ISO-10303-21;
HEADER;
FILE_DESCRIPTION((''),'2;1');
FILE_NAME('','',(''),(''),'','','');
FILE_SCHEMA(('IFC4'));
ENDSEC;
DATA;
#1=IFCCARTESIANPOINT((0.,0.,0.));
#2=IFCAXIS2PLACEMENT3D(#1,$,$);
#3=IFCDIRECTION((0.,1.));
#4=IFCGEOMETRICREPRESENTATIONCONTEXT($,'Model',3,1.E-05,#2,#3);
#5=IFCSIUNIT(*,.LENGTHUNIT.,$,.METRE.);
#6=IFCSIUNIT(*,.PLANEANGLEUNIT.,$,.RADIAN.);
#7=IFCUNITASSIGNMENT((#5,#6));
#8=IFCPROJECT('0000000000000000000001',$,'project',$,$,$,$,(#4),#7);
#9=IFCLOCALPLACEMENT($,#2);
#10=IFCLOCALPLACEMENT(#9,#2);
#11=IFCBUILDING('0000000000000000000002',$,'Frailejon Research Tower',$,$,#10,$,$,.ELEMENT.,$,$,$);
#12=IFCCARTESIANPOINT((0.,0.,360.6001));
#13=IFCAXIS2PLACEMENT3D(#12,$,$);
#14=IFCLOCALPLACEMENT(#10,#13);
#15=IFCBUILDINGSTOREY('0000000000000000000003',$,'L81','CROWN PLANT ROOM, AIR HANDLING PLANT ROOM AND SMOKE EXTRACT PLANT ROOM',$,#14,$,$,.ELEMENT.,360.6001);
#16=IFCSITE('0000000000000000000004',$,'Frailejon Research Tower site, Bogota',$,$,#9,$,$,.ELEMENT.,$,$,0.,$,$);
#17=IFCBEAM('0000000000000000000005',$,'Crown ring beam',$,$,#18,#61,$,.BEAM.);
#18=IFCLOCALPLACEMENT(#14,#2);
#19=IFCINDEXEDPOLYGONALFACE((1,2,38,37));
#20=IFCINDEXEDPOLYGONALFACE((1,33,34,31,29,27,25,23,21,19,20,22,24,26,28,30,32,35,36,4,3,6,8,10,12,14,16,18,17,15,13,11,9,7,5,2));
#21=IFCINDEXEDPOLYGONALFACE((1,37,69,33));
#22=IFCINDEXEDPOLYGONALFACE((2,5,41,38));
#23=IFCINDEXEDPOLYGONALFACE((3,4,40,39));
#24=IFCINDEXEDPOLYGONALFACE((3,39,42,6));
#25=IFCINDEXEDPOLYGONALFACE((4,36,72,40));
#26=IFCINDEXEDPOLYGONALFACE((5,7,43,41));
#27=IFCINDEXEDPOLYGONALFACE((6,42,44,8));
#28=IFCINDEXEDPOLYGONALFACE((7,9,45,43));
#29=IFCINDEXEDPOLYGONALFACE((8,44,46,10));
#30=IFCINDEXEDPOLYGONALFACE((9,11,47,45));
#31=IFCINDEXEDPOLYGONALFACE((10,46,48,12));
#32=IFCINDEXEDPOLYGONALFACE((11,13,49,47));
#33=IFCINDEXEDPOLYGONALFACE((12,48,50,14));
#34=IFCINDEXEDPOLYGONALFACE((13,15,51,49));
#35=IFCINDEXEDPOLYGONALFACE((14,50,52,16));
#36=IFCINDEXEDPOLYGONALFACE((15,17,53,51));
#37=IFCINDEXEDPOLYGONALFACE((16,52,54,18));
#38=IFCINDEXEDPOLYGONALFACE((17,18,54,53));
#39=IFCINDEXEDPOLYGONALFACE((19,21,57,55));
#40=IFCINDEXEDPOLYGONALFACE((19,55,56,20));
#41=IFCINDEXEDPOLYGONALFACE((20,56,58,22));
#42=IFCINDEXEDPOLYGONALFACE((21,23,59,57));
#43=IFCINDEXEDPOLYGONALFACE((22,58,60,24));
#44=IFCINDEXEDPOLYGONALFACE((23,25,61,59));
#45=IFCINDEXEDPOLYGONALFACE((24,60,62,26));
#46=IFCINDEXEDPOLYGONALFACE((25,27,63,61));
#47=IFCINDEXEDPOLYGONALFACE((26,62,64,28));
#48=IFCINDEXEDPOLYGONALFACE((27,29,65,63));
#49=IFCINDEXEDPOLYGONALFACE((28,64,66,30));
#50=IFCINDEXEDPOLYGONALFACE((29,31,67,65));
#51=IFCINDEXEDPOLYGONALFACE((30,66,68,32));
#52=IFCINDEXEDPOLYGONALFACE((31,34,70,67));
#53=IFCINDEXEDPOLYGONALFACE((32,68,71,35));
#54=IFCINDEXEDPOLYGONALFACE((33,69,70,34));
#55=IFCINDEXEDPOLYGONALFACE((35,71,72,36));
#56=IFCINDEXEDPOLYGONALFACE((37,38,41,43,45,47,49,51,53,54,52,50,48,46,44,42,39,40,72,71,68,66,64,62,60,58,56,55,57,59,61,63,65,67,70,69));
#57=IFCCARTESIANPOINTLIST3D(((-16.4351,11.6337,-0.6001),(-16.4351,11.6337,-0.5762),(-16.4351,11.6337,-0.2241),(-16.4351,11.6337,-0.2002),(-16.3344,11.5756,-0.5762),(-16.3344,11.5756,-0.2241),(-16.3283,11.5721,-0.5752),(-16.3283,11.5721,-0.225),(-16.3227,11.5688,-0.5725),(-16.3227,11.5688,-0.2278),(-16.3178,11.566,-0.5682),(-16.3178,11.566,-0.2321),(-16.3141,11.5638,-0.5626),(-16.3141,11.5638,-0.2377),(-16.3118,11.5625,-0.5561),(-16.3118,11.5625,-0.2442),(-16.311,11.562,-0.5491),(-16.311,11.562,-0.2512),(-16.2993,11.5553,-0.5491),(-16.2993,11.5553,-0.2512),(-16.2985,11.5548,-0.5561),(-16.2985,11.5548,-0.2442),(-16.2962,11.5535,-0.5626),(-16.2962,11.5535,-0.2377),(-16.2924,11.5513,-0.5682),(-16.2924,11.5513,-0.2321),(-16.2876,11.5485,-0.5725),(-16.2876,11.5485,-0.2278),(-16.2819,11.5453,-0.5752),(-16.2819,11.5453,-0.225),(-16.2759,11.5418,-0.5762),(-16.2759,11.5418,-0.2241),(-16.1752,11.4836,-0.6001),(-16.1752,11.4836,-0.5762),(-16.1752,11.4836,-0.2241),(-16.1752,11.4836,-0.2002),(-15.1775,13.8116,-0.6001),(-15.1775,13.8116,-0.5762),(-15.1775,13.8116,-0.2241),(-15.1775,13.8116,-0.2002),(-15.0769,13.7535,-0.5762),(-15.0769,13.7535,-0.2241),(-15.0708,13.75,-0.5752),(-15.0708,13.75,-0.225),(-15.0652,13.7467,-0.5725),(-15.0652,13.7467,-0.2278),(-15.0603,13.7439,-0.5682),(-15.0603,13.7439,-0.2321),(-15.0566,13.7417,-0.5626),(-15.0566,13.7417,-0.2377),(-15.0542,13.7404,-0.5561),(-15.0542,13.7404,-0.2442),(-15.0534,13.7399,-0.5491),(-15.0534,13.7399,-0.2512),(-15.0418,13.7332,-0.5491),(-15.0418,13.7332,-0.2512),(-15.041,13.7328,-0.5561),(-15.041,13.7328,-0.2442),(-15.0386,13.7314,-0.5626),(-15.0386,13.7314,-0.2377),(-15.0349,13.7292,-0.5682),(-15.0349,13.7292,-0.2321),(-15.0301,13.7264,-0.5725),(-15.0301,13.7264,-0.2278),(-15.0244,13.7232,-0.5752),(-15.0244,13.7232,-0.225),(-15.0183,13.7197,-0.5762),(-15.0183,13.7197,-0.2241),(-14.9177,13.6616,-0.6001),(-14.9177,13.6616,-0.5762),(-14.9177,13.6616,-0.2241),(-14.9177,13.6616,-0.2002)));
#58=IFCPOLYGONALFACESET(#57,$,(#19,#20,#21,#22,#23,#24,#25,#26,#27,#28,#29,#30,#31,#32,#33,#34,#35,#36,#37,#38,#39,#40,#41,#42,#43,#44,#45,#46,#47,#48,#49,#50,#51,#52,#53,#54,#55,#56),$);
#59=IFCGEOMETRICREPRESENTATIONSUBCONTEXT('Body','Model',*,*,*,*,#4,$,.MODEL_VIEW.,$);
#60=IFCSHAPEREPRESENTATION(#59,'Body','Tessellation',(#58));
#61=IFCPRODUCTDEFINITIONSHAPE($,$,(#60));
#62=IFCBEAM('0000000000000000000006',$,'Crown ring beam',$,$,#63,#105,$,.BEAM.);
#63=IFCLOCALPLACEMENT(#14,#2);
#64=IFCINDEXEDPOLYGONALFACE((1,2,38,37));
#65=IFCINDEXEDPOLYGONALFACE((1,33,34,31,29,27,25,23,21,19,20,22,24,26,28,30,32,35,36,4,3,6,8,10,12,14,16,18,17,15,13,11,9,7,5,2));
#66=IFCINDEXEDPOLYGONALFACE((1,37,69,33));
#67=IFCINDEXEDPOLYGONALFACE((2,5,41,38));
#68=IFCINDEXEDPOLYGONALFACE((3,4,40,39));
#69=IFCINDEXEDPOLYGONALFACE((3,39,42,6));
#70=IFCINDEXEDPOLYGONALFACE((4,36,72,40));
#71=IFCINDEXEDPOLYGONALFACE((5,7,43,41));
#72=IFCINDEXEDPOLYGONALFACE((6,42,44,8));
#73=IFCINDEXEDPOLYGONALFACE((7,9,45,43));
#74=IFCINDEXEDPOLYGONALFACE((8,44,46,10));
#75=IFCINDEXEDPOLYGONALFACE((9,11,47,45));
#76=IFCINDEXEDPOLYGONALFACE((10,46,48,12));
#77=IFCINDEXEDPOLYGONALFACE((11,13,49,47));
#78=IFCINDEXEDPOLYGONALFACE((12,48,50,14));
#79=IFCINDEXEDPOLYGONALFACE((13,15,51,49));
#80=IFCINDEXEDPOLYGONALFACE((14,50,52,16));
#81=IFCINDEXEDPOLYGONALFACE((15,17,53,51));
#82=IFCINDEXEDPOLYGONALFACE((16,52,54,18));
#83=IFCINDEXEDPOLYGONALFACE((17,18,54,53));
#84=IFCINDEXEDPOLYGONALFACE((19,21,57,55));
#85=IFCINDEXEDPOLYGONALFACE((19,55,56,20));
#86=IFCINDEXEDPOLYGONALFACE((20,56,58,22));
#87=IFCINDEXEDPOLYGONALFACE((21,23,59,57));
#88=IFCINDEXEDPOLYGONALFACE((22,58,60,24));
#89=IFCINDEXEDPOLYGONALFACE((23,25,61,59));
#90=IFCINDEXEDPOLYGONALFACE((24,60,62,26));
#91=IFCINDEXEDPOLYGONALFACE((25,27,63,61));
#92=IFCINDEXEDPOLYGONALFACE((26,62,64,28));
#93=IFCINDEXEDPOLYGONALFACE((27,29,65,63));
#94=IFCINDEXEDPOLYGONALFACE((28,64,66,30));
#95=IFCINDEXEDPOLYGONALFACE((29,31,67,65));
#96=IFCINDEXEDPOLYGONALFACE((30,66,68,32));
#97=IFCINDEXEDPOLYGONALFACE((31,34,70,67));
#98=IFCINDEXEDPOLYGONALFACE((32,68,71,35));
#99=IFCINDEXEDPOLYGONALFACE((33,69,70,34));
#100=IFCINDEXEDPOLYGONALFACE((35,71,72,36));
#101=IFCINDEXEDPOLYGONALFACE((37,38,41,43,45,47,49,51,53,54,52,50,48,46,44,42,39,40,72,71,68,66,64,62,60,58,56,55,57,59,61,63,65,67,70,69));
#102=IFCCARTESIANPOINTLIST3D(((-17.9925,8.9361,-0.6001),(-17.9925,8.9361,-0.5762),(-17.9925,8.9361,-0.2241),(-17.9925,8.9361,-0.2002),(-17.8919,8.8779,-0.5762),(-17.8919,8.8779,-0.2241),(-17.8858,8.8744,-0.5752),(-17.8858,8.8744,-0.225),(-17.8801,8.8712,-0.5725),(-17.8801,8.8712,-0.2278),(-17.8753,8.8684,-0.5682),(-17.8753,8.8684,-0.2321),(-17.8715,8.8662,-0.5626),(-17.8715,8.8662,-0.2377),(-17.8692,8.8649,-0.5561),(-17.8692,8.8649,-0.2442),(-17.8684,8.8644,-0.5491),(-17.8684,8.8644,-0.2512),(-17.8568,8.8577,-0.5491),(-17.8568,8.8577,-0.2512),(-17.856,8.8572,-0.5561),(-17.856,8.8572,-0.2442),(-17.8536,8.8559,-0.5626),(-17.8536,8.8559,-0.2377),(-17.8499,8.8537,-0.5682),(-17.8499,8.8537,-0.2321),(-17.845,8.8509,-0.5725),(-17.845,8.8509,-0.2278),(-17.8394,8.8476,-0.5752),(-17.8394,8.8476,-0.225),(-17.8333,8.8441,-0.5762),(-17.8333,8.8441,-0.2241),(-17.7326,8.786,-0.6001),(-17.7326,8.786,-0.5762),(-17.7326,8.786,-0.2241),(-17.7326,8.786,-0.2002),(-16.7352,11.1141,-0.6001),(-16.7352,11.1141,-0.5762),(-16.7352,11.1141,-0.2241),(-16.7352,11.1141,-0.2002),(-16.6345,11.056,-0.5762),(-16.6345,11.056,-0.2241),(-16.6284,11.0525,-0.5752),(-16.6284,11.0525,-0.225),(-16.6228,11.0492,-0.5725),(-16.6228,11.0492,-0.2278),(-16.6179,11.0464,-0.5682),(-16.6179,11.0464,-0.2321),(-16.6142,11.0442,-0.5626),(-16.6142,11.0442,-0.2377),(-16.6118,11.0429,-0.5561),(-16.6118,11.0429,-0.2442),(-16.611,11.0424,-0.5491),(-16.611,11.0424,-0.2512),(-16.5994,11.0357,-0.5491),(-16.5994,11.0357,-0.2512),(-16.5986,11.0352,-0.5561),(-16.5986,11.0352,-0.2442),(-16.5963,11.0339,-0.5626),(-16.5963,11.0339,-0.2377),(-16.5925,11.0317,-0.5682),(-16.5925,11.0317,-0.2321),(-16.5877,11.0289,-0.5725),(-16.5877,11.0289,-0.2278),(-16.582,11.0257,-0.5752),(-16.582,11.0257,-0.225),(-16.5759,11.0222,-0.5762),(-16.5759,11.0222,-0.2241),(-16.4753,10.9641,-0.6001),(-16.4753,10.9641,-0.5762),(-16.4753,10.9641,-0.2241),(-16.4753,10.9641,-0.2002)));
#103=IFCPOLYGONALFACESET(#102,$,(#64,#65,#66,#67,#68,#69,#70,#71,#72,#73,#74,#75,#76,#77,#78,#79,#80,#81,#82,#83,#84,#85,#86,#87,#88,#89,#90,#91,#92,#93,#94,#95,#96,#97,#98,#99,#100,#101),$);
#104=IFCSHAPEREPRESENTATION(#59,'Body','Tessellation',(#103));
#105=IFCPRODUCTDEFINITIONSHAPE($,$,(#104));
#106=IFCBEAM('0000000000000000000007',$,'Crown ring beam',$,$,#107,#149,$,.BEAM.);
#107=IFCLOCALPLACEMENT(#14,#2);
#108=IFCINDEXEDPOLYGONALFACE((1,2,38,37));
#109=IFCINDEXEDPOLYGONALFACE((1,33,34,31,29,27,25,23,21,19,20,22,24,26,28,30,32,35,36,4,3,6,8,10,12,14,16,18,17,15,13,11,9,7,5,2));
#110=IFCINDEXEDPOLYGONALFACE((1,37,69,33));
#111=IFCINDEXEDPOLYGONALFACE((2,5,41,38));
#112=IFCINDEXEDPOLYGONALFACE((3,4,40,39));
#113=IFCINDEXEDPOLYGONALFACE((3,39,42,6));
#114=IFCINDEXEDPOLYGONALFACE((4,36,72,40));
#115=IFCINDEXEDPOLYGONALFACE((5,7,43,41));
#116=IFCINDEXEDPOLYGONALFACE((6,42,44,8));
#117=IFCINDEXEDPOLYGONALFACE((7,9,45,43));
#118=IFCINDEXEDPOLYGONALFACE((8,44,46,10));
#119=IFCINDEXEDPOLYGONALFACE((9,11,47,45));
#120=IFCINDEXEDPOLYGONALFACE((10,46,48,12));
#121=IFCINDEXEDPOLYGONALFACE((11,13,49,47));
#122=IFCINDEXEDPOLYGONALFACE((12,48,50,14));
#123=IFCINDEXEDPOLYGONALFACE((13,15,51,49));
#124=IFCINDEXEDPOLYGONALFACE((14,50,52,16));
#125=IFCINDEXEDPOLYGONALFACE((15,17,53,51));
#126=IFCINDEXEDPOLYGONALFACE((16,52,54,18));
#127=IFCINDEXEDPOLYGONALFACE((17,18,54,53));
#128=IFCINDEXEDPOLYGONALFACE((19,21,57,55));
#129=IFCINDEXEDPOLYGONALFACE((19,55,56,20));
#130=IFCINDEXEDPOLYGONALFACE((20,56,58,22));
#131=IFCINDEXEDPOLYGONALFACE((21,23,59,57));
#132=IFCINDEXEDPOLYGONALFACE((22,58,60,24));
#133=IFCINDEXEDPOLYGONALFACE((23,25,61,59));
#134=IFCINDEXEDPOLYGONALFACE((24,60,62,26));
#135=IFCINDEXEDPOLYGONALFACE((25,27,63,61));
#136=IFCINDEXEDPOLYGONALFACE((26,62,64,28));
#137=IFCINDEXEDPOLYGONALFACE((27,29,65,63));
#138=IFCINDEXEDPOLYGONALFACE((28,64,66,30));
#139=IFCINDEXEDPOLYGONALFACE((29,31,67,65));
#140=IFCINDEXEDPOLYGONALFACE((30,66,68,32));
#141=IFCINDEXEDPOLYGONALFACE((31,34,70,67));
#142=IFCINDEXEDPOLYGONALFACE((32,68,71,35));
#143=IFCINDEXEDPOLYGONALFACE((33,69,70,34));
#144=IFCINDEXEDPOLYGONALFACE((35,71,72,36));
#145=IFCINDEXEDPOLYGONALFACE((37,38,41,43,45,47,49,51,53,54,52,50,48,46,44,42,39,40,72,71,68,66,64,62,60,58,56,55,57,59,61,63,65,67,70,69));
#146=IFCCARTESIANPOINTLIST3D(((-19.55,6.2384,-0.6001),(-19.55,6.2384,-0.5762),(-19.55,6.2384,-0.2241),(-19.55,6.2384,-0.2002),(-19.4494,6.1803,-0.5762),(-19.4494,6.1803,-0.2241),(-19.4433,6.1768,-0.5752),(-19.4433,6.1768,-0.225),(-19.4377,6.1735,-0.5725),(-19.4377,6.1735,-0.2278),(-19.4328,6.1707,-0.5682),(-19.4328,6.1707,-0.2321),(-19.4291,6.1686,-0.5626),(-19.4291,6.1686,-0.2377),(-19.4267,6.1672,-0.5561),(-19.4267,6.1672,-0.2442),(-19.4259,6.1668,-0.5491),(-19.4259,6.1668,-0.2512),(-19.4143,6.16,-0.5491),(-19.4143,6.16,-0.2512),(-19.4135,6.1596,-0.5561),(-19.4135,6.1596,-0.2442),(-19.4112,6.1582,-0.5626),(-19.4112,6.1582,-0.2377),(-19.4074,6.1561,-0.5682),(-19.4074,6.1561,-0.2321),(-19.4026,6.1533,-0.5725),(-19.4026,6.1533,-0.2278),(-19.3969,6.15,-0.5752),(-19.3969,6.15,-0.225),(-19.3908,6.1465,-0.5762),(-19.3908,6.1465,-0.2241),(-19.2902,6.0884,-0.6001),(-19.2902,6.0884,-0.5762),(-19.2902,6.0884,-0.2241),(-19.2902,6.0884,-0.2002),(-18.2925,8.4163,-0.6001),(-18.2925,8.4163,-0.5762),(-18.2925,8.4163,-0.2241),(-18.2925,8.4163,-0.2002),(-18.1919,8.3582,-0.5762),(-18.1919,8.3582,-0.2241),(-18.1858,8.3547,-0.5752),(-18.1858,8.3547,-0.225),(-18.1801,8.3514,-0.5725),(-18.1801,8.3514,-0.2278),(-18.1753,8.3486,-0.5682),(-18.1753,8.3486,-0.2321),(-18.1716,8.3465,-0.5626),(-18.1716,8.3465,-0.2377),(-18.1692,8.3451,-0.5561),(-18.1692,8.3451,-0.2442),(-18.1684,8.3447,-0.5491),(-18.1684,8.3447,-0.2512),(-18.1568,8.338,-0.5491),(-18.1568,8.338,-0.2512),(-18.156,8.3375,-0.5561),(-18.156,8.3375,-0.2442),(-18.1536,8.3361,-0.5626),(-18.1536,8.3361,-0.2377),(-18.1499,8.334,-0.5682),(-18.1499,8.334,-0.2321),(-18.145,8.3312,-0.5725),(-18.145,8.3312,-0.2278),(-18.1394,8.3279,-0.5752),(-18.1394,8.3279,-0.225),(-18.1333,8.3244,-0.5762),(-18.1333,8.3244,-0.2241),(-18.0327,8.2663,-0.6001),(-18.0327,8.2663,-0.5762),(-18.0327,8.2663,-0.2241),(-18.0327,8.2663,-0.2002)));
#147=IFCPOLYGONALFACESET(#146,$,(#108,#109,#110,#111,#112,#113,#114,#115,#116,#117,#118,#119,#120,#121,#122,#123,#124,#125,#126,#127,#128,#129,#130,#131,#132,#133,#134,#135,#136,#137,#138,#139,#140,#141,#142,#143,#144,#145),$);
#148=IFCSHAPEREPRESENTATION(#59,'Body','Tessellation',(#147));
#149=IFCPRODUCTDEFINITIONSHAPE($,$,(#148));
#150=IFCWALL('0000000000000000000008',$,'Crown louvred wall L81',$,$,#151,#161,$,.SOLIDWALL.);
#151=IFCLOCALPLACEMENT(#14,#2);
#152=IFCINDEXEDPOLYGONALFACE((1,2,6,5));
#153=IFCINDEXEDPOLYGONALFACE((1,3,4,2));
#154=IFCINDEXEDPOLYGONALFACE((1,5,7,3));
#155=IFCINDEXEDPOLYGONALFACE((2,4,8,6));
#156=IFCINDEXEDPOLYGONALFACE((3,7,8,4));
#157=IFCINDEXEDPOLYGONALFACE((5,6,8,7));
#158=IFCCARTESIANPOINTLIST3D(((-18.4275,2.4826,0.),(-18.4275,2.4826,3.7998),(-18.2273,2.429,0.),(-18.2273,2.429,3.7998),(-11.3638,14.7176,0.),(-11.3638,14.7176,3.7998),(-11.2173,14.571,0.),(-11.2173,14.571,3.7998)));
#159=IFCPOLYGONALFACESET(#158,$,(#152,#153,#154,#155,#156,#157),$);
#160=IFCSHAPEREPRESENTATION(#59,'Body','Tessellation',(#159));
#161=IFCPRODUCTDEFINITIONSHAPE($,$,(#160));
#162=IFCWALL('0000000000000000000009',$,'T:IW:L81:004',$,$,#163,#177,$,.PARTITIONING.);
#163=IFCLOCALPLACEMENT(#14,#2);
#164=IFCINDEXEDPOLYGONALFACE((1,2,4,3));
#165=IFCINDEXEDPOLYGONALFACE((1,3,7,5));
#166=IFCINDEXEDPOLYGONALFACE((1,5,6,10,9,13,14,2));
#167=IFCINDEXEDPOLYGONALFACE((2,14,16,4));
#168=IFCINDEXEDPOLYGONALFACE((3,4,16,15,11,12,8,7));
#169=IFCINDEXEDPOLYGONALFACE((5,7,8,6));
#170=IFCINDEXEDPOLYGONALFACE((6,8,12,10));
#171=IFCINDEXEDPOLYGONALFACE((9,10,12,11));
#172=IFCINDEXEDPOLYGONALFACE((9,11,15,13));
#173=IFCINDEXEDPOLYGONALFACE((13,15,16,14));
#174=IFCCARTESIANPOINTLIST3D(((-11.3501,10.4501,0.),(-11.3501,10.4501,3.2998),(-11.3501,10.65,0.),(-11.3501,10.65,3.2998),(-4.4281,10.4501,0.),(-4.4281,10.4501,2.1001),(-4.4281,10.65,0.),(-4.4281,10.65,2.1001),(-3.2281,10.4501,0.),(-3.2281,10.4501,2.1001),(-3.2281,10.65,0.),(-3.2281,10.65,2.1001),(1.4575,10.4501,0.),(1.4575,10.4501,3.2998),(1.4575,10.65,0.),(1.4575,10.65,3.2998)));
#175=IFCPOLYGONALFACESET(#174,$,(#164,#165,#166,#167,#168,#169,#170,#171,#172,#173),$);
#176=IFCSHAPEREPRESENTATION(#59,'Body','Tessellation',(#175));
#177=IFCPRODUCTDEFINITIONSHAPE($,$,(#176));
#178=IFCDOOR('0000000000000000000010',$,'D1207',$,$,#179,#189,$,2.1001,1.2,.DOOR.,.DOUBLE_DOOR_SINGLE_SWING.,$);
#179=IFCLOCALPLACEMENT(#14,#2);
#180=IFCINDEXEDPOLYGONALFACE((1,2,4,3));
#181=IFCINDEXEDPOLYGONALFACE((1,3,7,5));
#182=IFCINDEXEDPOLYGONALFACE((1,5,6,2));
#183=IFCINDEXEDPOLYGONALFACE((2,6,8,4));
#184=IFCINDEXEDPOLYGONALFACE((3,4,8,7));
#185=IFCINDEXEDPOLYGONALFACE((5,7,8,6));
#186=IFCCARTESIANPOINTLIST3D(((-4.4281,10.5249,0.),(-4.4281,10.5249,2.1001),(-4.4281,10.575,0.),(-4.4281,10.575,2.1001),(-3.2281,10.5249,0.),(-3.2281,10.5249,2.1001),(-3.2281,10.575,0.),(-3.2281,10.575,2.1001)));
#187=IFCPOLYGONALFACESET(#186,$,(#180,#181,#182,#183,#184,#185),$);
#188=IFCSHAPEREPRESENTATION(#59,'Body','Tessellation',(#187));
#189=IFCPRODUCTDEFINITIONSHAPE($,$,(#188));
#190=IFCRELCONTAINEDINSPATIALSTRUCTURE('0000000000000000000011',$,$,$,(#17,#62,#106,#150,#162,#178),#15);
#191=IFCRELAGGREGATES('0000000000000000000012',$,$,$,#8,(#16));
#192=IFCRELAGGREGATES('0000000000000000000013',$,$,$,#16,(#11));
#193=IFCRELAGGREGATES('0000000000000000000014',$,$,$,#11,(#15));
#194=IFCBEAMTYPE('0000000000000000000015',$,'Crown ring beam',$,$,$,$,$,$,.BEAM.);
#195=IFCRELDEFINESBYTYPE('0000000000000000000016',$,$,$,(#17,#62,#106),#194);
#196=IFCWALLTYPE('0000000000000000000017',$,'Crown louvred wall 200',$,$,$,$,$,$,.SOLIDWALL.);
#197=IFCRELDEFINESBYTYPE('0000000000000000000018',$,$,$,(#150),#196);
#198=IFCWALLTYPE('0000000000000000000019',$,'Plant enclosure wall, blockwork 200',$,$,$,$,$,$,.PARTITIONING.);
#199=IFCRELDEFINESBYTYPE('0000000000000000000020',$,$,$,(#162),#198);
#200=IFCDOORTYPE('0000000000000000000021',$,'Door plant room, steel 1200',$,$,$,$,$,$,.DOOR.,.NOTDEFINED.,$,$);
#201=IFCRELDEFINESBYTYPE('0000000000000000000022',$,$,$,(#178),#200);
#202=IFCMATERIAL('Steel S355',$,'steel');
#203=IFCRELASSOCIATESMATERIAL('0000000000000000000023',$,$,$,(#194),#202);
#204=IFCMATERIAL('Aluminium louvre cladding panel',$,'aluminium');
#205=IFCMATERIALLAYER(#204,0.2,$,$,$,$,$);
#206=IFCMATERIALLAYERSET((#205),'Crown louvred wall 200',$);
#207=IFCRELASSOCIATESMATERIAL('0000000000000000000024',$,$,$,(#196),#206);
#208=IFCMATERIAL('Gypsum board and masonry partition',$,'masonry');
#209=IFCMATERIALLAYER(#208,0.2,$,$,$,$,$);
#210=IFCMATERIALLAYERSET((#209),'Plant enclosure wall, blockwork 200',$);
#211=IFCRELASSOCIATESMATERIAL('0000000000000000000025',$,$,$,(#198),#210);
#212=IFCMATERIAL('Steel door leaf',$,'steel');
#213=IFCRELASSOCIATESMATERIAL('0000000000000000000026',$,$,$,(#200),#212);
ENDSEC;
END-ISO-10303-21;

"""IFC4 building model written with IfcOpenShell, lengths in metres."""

from ifc_helpers import new_model, si_unit, direction, frame, frame_2d, origin, origin_2d, place, context, subcontext, project, spatial, polyline, rectangle, i_section, outline, extrude, material, layer, layer_set, material_profile, profile_set, type_object, element, fill, save


model = new_model("IFC4")

# Units and contexts
model_context = context("Model", 3, precision=1e-05, world=origin(), true_north=direction((0.0, 1.0)))
body_context = subcontext(model_context, "Body", "Model", "MODEL_VIEW")
ifc_project = project(units=[si_unit("LENGTHUNIT", "METRE"), si_unit("PLANEANGLEUNIT", "RADIAN")], contexts=[model_context])

# Site, building, storey
site_placement = place(None, origin())
site = spatial("IfcSite", under=ifc_project, at=site_placement, Name="Frailejon Research Tower site, Bogota", CompositionType="ELEMENT", RefElevation=0.0)
building_placement = place(site_placement, origin())
building = spatial("IfcBuilding", under=site, at=building_placement, Name="Frailejon Research Tower", CompositionType="ELEMENT")
storey_placement = place(building_placement, frame((0.0, 0.0, 360.6001)))
storey = spatial("IfcBuildingStorey", under=building, at=storey_placement, Name="L81", Description="CROWN PLANT ROOM, AIR HANDLING PLANT ROOM AND SMOKE EXTRACT PLANT ROOM", CompositionType="ELEMENT", Elevation=360.6001)

# Beams
ifc_material_1 = material(Name="Steel S355", Category="steel")
ifc_material_profile_1 = material_profile(ifc_material_1, i_section(OverallWidth=0.3, OverallDepth=0.3999, WebThickness=0.0134, FlangeThickness=0.0239, FilletRadius=0.0271, at=origin_2d()), Name="HE 400 B")
ifc_profile_set_1 = profile_set([ifc_material_profile_1], Name="Steel S355")
beam_type_1 = type_object("IfcBeamType", Name="Crown ring beam", PredefinedType="BEAM", material=ifc_profile_set_1)
for number, where, z_axis, x_axis, name in (
    (1, (-15.0476, 13.7366, -0.4001), (-0.500033, -0.866006, 0.0), (0.866006, -0.500033, 0.0), "Crown ring beam"),
    (2, (-16.6052, 11.0391, -0.4001), (-0.499961, -0.866048, 0.0), (0.866048, -0.499961, 0.0), "Crown ring beam"),
    (3, (-18.1626, 8.3413, -0.4001), (-0.500033, -0.866006, 0.0), (0.866006, -0.500033, 0.0), "Crown ring beam"),
):
    element("IfcBeam", number, at=place(storey_placement, frame(where, z_axis=z_axis, x_axis=x_axis)), inside=storey, type_object=beam_type_1, Name=name, PredefinedType="BEAM", context=body_context, shape_type="SweptSolid", body=[
        extrude(i_section(OverallWidth=0.3, OverallDepth=0.3999, WebThickness=0.0134, FlangeThickness=0.0239, FilletRadius=0.0271, at=origin_2d()), origin(), (0.0, 0.0, 1.0), 2.5149),
    ])

# Wall
ifc_material_2 = material(Name="Aluminium louvre cladding panel", Category="aluminium")
ifc_layer_1 = layer(ifc_material_2, 0.2)
ifc_layer_set_1 = layer_set([ifc_layer_1], Name="Crown louvred wall 200")
wall_type_1 = type_object("IfcWallType", Name="Crown louvred wall 200", PredefinedType="SOLIDWALL", material=ifc_layer_set_1)
wall_1_placement = place(storey_placement, frame((-11.2905, 14.6443, 0.0), z_axis=(0.0, 0.0, 1.0), x_axis=(-0.499992, -0.86603, 0.0)))
element("IfcWall", 4, at=wall_1_placement, inside=storey, type_object=wall_type_1, Name="Crown louvred wall L81", PredefinedType="SOLIDWALL", context=body_context, shape_type="SweptSolid", body=[
    extrude(outline(polyline([(-0.0269, -0.1001), (14.1008, -0.1001), (14.0471, 0.1001), (0.0269, 0.1001), (-0.0269, -0.1001)])), origin(), (0.0, 0.0, 1.0), 3.7998),
])

# Wall, opening, door
ifc_material_3 = material(Name="Gypsum board and masonry partition", Category="masonry")
ifc_layer_2 = layer(ifc_material_3, 0.2)
ifc_layer_set_2 = layer_set([ifc_layer_2], Name="Plant enclosure wall, blockwork 200")
wall_type_2 = type_object("IfcWallType", Name="Plant enclosure wall, blockwork 200", PredefinedType="PARTITIONING", material=ifc_layer_set_2)
wall_2_placement = place(storey_placement, frame((-11.3501, 10.55, 0.0), z_axis=(0.0, 0.0, 1.0), x_axis=(1.0, 0.0, 0.0)))
wall_2 = element("IfcWall", 5, at=wall_2_placement, inside=storey, type_object=wall_type_2, Name="T:IW:L81:004", PredefinedType="PARTITIONING", context=body_context, shape_type="SweptSolid", body=[
    extrude(rectangle(XDim=12.8076, YDim=0.2, at=frame_2d((6.4038, 0.0))), origin(), (0.0, 0.0, 1.0), 3.2998),
])
opening_placement = place(wall_2_placement, frame((6.9219, 0.0, 0.0)))
opening = element("IfcOpeningElement", 6, at=opening_placement, cuts=wall_2, PredefinedType="OPENING", context=body_context, shape_type="SweptSolid", body=[
    extrude(rectangle(XDim=1.2, YDim=2.1001, at=frame_2d((0.6001, 1.05))), frame((0.0, 0.1099, 0.0), z_axis=(0.0, -1.0, 0.0), x_axis=(1.0, 0.0, 0.0)), (0.0, 0.0, 1.0), 0.22),
])
ifc_material_4 = material(Name="Steel door leaf", Category="steel")
door_type = type_object("IfcDoorType", Name="Door plant room, steel 1200", OperationType="NOTDEFINED", PredefinedType="DOOR", material=ifc_material_4)
door_placement = place(opening_placement, origin())
door = element("IfcDoor", 7, at=door_placement, inside=storey, type_object=door_type, Name="D1207", OperationType="DOUBLE_DOOR_SINGLE_SWING", OverallHeight=2.1001, OverallWidth=1.2, PredefinedType="DOOR", context=body_context, shape_type="SweptSolid", body=[
    extrude(rectangle(XDim=1.2, YDim=2.1001, at=frame_2d((0.6001, 1.05))), frame((0.0, 0.0249, 0.0), z_axis=(0.0, -1.0, 0.0), x_axis=(1.0, 0.0, 0.0)), (0.0, 0.0, 1.0), 0.05),
])
fill(opening, door)

save(model, "model.ifc")
